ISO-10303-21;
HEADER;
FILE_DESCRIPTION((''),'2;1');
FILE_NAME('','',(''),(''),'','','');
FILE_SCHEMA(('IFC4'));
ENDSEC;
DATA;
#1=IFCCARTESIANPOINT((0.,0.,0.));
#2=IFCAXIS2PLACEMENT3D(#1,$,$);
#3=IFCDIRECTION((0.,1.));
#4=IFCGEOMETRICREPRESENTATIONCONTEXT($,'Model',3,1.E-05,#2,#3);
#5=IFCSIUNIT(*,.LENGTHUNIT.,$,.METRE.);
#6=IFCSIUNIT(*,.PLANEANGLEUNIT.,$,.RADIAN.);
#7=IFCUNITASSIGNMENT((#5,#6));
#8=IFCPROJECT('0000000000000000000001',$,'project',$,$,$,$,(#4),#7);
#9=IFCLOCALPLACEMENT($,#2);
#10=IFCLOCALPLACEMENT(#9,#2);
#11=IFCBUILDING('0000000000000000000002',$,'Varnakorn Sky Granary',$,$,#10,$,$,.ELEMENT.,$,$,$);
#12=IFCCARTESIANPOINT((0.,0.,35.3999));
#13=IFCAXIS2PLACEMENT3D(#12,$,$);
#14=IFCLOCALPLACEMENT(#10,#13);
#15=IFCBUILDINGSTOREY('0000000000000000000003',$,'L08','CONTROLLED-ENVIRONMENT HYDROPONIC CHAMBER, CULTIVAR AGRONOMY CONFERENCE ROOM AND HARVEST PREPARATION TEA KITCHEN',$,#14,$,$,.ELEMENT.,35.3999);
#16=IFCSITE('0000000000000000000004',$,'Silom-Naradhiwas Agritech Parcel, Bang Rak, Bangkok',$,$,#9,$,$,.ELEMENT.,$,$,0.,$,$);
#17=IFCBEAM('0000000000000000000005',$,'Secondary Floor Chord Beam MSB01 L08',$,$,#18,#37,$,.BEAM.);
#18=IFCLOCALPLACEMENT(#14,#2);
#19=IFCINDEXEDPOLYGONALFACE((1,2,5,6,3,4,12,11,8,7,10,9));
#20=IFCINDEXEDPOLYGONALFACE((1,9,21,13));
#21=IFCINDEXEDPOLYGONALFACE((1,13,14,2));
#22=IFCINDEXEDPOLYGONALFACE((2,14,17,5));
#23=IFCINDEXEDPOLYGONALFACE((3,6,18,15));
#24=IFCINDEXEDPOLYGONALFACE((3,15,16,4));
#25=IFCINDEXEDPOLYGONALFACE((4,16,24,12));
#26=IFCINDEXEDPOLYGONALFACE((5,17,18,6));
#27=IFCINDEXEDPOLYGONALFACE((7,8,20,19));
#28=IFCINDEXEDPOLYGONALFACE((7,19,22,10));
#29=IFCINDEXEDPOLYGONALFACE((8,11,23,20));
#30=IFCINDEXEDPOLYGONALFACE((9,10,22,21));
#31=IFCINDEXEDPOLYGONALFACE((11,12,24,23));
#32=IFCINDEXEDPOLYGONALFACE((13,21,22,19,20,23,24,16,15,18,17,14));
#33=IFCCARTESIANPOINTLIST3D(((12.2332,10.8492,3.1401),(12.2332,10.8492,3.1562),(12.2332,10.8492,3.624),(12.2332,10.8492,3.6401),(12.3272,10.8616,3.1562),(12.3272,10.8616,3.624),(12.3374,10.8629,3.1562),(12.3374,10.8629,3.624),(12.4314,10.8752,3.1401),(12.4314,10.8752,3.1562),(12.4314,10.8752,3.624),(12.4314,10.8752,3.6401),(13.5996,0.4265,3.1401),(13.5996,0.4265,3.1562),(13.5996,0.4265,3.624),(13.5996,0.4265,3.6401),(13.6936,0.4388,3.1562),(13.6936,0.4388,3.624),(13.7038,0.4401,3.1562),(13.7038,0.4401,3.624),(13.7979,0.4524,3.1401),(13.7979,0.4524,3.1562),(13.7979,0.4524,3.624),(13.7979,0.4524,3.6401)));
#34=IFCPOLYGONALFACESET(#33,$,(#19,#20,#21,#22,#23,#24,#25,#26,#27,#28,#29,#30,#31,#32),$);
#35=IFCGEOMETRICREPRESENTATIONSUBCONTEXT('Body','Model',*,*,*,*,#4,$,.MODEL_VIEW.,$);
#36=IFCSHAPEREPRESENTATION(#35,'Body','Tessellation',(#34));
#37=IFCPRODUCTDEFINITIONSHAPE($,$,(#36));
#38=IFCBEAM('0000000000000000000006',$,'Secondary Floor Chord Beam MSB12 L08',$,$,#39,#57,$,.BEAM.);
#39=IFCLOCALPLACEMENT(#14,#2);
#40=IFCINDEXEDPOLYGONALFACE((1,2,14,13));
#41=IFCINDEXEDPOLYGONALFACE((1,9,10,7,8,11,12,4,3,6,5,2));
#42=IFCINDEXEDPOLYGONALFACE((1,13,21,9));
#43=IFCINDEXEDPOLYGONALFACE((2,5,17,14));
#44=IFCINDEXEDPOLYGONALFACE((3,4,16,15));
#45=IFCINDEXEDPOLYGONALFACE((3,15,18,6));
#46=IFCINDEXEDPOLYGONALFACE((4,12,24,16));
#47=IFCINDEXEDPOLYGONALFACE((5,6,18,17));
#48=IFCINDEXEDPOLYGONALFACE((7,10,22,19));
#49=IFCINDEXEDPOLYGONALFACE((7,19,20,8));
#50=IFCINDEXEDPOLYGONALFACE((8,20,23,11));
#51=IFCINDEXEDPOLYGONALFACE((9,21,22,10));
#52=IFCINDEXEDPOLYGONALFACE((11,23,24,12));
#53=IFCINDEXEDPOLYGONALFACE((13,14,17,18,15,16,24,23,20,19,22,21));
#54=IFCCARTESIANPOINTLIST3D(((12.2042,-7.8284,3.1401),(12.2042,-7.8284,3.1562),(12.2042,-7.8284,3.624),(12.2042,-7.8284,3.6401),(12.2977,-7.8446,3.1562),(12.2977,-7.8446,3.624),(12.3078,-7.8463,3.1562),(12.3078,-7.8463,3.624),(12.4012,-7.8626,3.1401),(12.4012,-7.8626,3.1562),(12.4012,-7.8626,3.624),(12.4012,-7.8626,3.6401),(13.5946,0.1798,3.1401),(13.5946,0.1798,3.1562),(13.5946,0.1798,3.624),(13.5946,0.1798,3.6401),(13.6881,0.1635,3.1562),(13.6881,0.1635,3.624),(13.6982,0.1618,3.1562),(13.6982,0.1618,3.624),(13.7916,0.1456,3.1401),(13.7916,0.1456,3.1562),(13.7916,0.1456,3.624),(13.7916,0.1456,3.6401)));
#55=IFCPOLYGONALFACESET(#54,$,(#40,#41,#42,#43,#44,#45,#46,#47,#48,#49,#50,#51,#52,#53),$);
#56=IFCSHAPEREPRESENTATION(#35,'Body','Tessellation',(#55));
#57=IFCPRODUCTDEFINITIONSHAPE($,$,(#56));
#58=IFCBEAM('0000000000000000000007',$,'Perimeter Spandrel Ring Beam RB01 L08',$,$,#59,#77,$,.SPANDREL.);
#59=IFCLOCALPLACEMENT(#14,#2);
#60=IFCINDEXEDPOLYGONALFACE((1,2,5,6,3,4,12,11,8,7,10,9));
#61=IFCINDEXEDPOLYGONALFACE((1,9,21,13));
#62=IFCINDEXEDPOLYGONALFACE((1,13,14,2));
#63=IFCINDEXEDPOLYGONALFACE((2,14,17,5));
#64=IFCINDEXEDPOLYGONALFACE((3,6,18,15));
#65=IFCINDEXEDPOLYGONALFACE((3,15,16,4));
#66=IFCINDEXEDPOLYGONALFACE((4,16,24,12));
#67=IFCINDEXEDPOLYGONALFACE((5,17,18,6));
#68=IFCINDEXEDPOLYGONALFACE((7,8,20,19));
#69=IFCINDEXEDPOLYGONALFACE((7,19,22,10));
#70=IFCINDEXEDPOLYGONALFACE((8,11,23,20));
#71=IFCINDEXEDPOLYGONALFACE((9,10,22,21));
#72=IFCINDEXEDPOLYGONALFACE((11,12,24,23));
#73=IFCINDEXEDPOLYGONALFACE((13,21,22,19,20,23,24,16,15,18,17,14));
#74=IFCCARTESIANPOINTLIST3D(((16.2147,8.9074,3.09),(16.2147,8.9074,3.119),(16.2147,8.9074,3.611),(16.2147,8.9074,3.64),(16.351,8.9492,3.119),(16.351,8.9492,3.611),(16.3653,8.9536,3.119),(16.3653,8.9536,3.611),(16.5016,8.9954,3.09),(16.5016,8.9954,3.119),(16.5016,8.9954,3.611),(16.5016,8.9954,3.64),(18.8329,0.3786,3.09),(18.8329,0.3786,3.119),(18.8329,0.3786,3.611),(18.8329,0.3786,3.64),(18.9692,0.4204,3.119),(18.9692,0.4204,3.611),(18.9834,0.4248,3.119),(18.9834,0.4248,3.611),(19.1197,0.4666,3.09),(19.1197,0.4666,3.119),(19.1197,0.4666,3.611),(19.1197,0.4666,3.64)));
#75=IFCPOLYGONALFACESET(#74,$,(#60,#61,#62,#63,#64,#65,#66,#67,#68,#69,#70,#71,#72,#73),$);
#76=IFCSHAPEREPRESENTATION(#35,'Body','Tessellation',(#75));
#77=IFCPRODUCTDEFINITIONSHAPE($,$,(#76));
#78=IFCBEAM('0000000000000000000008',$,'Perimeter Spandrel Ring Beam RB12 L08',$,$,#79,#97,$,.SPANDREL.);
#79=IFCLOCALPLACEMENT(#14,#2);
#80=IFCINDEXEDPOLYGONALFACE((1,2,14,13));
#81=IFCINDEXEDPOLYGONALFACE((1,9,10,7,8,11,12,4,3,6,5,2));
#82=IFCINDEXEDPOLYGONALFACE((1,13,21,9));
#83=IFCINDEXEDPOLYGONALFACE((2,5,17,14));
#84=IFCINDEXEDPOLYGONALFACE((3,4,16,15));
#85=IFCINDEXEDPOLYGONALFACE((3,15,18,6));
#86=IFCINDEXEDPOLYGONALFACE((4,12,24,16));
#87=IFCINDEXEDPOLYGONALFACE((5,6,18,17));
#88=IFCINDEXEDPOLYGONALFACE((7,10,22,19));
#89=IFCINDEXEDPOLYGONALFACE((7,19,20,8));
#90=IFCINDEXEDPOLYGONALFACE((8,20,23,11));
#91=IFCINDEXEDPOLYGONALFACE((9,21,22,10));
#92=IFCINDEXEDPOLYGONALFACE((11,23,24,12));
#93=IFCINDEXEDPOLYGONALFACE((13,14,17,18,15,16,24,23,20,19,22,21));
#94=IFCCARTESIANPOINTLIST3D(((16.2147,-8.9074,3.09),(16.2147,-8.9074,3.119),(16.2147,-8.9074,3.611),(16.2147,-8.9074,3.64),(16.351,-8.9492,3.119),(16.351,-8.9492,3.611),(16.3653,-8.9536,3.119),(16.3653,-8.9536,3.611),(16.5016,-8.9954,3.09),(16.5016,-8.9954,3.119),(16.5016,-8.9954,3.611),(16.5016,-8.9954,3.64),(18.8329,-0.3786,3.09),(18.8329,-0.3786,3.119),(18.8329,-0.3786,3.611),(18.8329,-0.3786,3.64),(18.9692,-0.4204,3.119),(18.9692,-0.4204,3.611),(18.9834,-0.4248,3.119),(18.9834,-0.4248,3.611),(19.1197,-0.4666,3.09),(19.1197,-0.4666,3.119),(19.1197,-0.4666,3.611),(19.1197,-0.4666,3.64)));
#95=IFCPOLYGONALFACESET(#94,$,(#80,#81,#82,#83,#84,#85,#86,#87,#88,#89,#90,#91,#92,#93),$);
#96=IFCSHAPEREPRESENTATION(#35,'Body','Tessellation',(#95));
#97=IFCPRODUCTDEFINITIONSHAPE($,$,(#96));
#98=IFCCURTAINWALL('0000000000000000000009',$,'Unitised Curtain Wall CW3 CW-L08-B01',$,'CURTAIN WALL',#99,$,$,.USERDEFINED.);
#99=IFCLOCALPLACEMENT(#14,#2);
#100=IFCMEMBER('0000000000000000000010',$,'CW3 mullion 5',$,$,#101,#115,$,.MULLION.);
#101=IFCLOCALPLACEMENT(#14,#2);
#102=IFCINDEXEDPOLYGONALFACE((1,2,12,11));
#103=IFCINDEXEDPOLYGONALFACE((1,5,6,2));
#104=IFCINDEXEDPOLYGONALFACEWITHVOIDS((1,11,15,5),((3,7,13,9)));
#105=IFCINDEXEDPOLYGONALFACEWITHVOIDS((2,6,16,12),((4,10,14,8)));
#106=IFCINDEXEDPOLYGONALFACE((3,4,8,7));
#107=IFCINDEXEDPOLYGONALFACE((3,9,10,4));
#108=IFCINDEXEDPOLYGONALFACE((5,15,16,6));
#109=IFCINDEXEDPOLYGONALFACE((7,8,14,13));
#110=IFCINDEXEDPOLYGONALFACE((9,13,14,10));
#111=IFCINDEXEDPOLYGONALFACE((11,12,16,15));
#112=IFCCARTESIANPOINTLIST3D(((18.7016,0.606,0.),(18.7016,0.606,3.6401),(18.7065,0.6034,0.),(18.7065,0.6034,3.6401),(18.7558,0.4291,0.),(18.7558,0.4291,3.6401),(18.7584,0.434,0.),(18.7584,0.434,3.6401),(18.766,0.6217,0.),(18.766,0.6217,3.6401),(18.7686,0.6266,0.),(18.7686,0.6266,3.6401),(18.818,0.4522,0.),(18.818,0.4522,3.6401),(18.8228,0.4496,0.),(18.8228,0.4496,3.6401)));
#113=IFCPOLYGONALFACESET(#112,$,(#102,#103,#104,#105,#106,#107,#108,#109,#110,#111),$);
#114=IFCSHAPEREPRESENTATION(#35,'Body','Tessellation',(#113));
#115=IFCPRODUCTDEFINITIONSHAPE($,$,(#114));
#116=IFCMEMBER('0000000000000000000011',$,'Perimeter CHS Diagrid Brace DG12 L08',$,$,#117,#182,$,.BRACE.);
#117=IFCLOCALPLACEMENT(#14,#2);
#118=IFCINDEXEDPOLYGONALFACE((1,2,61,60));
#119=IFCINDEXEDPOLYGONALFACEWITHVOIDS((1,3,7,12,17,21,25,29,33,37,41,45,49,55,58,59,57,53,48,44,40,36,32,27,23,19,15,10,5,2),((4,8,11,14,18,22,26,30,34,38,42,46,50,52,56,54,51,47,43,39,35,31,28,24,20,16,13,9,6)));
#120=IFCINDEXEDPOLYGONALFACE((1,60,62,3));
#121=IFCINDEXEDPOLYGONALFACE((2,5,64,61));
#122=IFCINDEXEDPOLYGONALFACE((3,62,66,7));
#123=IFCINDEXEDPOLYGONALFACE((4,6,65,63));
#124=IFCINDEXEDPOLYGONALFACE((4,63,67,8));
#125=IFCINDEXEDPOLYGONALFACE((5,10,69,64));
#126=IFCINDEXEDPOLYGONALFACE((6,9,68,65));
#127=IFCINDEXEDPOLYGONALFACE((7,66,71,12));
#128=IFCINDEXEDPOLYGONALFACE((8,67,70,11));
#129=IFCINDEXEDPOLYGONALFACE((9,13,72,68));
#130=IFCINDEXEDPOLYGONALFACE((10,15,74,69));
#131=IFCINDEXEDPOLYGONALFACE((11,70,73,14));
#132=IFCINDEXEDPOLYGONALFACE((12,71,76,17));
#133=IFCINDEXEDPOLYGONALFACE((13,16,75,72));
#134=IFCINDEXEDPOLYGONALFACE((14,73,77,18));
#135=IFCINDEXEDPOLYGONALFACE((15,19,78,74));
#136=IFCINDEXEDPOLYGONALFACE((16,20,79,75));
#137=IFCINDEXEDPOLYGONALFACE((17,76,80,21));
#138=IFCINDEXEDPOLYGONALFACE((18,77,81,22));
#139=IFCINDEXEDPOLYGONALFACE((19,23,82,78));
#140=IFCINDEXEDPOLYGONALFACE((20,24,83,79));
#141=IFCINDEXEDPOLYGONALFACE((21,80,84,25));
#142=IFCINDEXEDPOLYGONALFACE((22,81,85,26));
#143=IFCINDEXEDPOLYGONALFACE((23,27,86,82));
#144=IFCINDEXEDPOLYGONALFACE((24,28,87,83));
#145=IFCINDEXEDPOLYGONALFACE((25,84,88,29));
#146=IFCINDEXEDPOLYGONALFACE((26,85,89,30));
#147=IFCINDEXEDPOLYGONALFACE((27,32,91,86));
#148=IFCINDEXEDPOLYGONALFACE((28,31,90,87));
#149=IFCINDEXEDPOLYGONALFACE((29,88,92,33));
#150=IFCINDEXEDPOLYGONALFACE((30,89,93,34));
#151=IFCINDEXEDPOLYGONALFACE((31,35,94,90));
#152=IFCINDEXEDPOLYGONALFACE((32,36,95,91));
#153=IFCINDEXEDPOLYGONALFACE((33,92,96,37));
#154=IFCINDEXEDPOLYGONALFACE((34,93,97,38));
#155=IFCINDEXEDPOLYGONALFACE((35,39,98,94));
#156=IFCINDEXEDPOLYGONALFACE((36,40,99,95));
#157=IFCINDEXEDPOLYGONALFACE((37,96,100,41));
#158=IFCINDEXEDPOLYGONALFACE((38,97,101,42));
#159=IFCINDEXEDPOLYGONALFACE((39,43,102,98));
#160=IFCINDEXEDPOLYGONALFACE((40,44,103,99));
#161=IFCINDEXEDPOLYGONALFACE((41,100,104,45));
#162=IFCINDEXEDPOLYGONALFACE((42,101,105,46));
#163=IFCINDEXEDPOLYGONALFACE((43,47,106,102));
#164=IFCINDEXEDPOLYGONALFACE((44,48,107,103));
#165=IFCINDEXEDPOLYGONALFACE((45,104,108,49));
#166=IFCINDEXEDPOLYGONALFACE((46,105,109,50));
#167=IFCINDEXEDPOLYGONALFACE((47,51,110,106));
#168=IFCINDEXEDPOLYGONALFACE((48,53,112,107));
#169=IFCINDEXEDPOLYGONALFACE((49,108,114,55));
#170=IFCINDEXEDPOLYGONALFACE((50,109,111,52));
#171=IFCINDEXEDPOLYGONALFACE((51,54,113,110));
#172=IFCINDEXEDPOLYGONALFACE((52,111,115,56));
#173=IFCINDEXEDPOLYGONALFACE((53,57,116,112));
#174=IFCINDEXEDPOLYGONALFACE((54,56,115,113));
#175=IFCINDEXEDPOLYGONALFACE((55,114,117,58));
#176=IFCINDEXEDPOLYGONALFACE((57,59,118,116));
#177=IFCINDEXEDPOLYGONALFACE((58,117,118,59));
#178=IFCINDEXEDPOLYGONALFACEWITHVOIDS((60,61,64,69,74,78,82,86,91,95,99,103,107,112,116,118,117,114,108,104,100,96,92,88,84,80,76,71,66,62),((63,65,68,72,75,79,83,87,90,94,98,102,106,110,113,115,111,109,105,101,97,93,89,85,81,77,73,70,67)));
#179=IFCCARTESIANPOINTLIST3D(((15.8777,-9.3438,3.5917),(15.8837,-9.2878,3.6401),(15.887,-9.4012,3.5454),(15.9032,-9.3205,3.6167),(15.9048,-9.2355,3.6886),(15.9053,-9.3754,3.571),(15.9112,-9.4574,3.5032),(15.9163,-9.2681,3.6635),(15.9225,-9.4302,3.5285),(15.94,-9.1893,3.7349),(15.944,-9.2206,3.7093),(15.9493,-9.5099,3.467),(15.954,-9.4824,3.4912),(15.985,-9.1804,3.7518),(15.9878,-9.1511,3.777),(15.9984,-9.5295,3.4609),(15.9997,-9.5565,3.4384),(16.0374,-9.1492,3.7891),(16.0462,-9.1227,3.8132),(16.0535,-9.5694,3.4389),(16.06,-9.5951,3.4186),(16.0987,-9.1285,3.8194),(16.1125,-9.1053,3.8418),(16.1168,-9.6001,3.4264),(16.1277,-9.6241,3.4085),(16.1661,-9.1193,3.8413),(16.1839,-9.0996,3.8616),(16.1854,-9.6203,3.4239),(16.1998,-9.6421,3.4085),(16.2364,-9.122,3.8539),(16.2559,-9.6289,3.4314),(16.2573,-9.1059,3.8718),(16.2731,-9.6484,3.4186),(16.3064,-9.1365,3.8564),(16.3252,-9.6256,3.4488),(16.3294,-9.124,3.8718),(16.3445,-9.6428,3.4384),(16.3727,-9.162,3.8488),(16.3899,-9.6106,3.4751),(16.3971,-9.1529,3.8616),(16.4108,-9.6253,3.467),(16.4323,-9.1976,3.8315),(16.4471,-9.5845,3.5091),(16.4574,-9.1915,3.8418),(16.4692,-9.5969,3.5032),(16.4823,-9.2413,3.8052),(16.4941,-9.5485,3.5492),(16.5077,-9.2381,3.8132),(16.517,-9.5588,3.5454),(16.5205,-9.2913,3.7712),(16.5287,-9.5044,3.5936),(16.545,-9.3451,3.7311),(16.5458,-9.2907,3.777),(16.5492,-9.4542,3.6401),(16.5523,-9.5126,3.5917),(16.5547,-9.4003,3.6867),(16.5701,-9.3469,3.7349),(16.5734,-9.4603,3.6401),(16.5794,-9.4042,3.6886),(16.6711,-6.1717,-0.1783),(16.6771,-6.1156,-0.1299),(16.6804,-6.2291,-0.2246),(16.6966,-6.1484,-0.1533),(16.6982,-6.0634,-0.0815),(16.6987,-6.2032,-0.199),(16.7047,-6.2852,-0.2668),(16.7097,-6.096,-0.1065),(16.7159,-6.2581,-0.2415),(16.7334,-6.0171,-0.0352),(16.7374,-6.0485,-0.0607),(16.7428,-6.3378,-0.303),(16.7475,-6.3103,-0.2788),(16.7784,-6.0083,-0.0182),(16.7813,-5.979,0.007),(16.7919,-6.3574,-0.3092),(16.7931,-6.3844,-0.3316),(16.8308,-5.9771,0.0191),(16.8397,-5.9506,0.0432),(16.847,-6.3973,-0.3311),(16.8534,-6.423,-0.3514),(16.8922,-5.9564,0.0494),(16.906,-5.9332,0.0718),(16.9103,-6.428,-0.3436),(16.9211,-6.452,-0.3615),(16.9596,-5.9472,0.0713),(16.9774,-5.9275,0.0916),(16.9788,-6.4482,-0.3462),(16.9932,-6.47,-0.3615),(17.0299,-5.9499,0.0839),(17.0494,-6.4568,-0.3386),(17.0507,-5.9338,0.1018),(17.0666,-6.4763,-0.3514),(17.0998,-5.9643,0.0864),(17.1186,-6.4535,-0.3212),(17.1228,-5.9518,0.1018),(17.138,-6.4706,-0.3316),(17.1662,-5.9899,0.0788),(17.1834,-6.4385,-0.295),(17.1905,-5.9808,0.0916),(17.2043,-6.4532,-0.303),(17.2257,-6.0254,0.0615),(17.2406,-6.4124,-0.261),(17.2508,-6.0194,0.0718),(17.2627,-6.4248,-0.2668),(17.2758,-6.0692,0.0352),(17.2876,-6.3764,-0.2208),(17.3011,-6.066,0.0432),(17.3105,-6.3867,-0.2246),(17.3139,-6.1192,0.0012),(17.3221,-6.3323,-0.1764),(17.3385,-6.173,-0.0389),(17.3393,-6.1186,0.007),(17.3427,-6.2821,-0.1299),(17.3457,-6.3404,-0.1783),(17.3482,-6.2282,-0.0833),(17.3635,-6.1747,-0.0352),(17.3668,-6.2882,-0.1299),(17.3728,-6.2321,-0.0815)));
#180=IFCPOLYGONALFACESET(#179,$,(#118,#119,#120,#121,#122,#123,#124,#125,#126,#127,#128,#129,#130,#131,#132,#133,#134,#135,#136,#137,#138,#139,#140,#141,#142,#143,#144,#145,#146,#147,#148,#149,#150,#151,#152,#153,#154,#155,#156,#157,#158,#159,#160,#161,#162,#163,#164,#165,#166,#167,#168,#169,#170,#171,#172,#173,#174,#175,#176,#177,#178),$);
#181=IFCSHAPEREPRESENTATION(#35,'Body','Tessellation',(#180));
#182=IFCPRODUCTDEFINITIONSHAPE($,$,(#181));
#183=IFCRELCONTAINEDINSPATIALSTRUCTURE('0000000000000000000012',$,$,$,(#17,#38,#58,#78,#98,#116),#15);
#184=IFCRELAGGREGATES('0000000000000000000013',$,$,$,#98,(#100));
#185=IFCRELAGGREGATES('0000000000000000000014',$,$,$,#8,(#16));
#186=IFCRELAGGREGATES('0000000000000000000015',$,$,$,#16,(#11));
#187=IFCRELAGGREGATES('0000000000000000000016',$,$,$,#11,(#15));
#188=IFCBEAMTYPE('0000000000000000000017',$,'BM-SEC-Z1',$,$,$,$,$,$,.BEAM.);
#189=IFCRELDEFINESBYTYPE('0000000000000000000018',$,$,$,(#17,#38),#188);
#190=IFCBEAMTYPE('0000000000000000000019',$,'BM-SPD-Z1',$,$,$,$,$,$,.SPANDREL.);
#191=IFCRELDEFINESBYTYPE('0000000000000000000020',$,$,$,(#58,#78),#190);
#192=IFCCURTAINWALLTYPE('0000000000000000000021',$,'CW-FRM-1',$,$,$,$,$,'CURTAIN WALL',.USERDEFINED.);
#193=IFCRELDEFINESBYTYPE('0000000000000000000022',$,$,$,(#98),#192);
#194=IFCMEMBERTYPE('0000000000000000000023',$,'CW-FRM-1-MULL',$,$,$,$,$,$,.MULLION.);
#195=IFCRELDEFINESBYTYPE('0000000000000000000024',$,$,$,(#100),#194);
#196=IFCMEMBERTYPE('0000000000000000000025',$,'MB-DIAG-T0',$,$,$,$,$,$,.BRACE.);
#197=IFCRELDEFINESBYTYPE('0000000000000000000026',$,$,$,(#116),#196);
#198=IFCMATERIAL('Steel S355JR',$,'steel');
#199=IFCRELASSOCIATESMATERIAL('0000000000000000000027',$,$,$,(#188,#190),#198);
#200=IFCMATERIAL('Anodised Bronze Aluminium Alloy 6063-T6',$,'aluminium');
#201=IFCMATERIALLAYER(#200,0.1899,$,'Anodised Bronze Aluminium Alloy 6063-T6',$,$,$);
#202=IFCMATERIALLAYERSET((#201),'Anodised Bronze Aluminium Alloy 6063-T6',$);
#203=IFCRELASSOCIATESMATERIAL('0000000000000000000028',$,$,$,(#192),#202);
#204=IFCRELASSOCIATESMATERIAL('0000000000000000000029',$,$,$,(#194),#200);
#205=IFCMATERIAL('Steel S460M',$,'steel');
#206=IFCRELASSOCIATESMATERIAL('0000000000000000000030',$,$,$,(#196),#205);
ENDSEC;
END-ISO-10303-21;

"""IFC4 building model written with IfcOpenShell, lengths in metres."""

from ifc_helpers import new_model, si_unit, direction, frame, origin, origin_2d, place, context, subcontext, project, spatial, hollow_rectangle, hollow_circle, i_section, extrude, material, layer, layer_set, material_profile, profile_set, type_object, element, aggregate, save


model = new_model("IFC4")

# Units and contexts
model_context = context("Model", 3, precision=1e-05, world=origin(), true_north=direction((0.0, 1.0)))
body_context = subcontext(model_context, "Body", "Model", "MODEL_VIEW")
ifc_project = project(units=[si_unit("LENGTHUNIT", "METRE"), si_unit("PLANEANGLEUNIT", "RADIAN")], contexts=[model_context])

# Site, building, storey
site_placement = place(None, origin())
site = spatial("IfcSite", under=ifc_project, at=site_placement, Name="Silom-Naradhiwas Agritech Parcel, Bang Rak, Bangkok", CompositionType="ELEMENT", RefElevation=0.0)
building_placement = place(site_placement, origin())
building = spatial("IfcBuilding", under=site, at=building_placement, Name="Varnakorn Sky Granary", CompositionType="ELEMENT")
storey_placement = place(building_placement, frame((0.0, 0.0, 35.3999)))
storey = spatial("IfcBuildingStorey", under=building, at=storey_placement, Name="L08", Description="CONTROLLED-ENVIRONMENT HYDROPONIC CHAMBER, CULTIVAR AGRONOMY CONFERENCE ROOM AND HARVEST PREPARATION TEA KITCHEN", CompositionType="ELEMENT", Elevation=35.3999)

# Shared definitions
ifc_material_1 = material(Name="Steel S460M", Category="steel")

# Beams
ifc_material_2 = material(Name="Steel S355JR", Category="steel")
ifc_material_profile_1 = material_profile(ifc_material_2, i_section(OverallWidth=0.2, OverallDepth=0.5, WebThickness=0.0103, FlangeThickness=0.0161, at=origin_2d()), Name="IPE 500")
ifc_profile_set_1 = profile_set([ifc_material_profile_1], Name="Steel S355JR")
beam_type_1 = type_object("IfcBeamType", Name="BM-SEC-Z1", PredefinedType="BEAM", material=ifc_profile_set_1)
beam_1_placement = place(storey_placement, frame((13.6987, 0.4395, 3.3901), z_axis=(-0.129989, 0.991515, 0.0), x_axis=(-0.991515, -0.129989, 0.0)))
element("IfcBeam", 1, at=beam_1_placement, inside=storey, type_object=beam_type_1, Name="Secondary Floor Chord Beam MSB01 L08", PredefinedType="BEAM", context=body_context, shape_type="SweptSolid", body=[
    extrude(i_section(OverallWidth=0.2, OverallDepth=0.5, WebThickness=0.0103, FlangeThickness=0.0161, at=origin_2d()), origin(), (0.0, 0.0, 1.0), 10.512),
])
beam_2_placement = place(storey_placement, frame((12.3027, -7.8455, 3.3901), z_axis=(0.171064, 0.98526, 0.0), x_axis=(-0.98526, 0.171064, 0.0)))
element("IfcBeam", 2, at=beam_2_placement, inside=storey, type_object=beam_type_1, Name="Secondary Floor Chord Beam MSB12 L08", PredefinedType="BEAM", context=body_context, shape_type="SweptSolid", body=[
    extrude(i_section(OverallWidth=0.2, OverallDepth=0.5, WebThickness=0.0103, FlangeThickness=0.0161, at=origin_2d()), origin(), (0.0, 0.0, 1.0), 8.1279),
])
ifc_material_profile_2 = material_profile(ifc_material_2, i_section(OverallWidth=0.3, OverallDepth=0.55, WebThickness=0.0149, FlangeThickness=0.0291, at=origin_2d()), Name="HE 550 B")
ifc_profile_set_2 = profile_set([ifc_material_profile_2], Name="Steel S355JR")
beam_type_2 = type_object("IfcBeamType", Name="BM-SPD-Z1", PredefinedType="SPANDREL", material=ifc_profile_set_2)
for number, where, z_axis, x_axis, name in (
    (3, (18.9763, 0.4226, 3.365), (-0.293463, 0.955971, 0.0), (-0.955971, -0.293463, 0.0), "Perimeter Spandrel Ring Beam RB01 L08"),
    (4, (16.3582, -8.9514, 3.365), (0.293463, 0.955971, 0.0), (-0.955971, 0.293463, 0.0), "Perimeter Spandrel Ring Beam RB12 L08"),
):
    element("IfcBeam", number, at=place(storey_placement, frame(where, z_axis=z_axis, x_axis=x_axis)), inside=storey, type_object=beam_type_2, Name=name, PredefinedType="SPANDREL", context=body_context, shape_type="SweptSolid", body=[
        extrude(i_section(OverallWidth=0.3, OverallDepth=0.55, WebThickness=0.0149, FlangeThickness=0.0291, at=origin_2d()), origin(), (0.0, 0.0, 1.0), 8.9216),
    ])

# Curtain wall, member
ifc_material_3 = material(Name="Anodised Bronze Aluminium Alloy 6063-T6", Category="aluminium")
ifc_layer_1 = layer(ifc_material_3, 0.1899, Name="Anodised Bronze Aluminium Alloy 6063-T6")
ifc_layer_set_1 = layer_set([ifc_layer_1], Name="Anodised Bronze Aluminium Alloy 6063-T6")
curtain_wall_type = type_object("IfcCurtainWallType", Name="CW-FRM-1", ElementType="CURTAIN WALL", PredefinedType="USERDEFINED", material=ifc_layer_set_1)
curtain_wall_placement = place(storey_placement, origin())
curtain_wall = element("IfcCurtainWall", 5, at=curtain_wall_placement, inside=storey, type_object=curtain_wall_type, Name="Unitised Curtain Wall CW3 CW-L08-B01", ObjectType="CURTAIN WALL", PredefinedType="USERDEFINED")
ifc_material_profile_3 = material_profile(ifc_material_3, hollow_rectangle(XDim=0.0701, YDim=0.1851, WallThickness=0.0039, at=origin_2d()), Name="ALU MULL 70x185")
ifc_profile_set_3 = profile_set([ifc_material_profile_3], Name="Anodised Bronze Aluminium Alloy 6063-T6")
member_type_1 = type_object("IfcMemberType", Name="CW-FRM-1-MULL", PredefinedType="MULLION", material=ifc_profile_set_3)
member_1_placement = place(storey_placement, frame((18.7622, 0.5278, 0.0), z_axis=(0.0, 0.0, 1.0), x_axis=(0.956046, 0.293216, 0.0)))
member_1 = element("IfcMember", 6, at=member_1_placement, type_object=member_type_1, Name="CW3 mullion 5", PredefinedType="MULLION", context=body_context, shape_type="SweptSolid", body=[
    extrude(hollow_rectangle(XDim=0.0701, YDim=0.1851, WallThickness=0.0039, at=origin_2d()), origin(), (0.0, 0.0, 1.0), 3.6401),
])

# Member
ifc_material_profile_4 = material_profile(ifc_material_1, hollow_circle(Radius=0.3555, WallThickness=0.0249, at=origin_2d()), Name="CHS 711x25")
ifc_profile_set_4 = profile_set([ifc_material_profile_4], Name="Steel S460M")
member_type_2 = type_object("IfcMemberType", Name="MB-DIAG-T0", PredefinedType="BRACE", material=ifc_profile_set_4)
member_2_placement = place(storey_placement, frame((17.022, -6.2019, -0.1299), z_axis=(-0.158994, -0.635633, 0.755441), x_axis=(0.970112, -0.242659, 0.0)))
element("IfcMember", 7, at=member_2_placement, inside=storey, type_object=member_type_2, Name="Perimeter CHS Diagrid Brace DG12 L08", PredefinedType="BRACE", context=body_context, shape_type="SweptSolid", body=[
    extrude(hollow_circle(Radius=0.3555, WallThickness=0.0249, at=origin_2d()), origin(), (0.0, 0.0, 1.0), 4.9905),
])

aggregate(curtain_wall, [member_1])

save(model, "model.ifc")
